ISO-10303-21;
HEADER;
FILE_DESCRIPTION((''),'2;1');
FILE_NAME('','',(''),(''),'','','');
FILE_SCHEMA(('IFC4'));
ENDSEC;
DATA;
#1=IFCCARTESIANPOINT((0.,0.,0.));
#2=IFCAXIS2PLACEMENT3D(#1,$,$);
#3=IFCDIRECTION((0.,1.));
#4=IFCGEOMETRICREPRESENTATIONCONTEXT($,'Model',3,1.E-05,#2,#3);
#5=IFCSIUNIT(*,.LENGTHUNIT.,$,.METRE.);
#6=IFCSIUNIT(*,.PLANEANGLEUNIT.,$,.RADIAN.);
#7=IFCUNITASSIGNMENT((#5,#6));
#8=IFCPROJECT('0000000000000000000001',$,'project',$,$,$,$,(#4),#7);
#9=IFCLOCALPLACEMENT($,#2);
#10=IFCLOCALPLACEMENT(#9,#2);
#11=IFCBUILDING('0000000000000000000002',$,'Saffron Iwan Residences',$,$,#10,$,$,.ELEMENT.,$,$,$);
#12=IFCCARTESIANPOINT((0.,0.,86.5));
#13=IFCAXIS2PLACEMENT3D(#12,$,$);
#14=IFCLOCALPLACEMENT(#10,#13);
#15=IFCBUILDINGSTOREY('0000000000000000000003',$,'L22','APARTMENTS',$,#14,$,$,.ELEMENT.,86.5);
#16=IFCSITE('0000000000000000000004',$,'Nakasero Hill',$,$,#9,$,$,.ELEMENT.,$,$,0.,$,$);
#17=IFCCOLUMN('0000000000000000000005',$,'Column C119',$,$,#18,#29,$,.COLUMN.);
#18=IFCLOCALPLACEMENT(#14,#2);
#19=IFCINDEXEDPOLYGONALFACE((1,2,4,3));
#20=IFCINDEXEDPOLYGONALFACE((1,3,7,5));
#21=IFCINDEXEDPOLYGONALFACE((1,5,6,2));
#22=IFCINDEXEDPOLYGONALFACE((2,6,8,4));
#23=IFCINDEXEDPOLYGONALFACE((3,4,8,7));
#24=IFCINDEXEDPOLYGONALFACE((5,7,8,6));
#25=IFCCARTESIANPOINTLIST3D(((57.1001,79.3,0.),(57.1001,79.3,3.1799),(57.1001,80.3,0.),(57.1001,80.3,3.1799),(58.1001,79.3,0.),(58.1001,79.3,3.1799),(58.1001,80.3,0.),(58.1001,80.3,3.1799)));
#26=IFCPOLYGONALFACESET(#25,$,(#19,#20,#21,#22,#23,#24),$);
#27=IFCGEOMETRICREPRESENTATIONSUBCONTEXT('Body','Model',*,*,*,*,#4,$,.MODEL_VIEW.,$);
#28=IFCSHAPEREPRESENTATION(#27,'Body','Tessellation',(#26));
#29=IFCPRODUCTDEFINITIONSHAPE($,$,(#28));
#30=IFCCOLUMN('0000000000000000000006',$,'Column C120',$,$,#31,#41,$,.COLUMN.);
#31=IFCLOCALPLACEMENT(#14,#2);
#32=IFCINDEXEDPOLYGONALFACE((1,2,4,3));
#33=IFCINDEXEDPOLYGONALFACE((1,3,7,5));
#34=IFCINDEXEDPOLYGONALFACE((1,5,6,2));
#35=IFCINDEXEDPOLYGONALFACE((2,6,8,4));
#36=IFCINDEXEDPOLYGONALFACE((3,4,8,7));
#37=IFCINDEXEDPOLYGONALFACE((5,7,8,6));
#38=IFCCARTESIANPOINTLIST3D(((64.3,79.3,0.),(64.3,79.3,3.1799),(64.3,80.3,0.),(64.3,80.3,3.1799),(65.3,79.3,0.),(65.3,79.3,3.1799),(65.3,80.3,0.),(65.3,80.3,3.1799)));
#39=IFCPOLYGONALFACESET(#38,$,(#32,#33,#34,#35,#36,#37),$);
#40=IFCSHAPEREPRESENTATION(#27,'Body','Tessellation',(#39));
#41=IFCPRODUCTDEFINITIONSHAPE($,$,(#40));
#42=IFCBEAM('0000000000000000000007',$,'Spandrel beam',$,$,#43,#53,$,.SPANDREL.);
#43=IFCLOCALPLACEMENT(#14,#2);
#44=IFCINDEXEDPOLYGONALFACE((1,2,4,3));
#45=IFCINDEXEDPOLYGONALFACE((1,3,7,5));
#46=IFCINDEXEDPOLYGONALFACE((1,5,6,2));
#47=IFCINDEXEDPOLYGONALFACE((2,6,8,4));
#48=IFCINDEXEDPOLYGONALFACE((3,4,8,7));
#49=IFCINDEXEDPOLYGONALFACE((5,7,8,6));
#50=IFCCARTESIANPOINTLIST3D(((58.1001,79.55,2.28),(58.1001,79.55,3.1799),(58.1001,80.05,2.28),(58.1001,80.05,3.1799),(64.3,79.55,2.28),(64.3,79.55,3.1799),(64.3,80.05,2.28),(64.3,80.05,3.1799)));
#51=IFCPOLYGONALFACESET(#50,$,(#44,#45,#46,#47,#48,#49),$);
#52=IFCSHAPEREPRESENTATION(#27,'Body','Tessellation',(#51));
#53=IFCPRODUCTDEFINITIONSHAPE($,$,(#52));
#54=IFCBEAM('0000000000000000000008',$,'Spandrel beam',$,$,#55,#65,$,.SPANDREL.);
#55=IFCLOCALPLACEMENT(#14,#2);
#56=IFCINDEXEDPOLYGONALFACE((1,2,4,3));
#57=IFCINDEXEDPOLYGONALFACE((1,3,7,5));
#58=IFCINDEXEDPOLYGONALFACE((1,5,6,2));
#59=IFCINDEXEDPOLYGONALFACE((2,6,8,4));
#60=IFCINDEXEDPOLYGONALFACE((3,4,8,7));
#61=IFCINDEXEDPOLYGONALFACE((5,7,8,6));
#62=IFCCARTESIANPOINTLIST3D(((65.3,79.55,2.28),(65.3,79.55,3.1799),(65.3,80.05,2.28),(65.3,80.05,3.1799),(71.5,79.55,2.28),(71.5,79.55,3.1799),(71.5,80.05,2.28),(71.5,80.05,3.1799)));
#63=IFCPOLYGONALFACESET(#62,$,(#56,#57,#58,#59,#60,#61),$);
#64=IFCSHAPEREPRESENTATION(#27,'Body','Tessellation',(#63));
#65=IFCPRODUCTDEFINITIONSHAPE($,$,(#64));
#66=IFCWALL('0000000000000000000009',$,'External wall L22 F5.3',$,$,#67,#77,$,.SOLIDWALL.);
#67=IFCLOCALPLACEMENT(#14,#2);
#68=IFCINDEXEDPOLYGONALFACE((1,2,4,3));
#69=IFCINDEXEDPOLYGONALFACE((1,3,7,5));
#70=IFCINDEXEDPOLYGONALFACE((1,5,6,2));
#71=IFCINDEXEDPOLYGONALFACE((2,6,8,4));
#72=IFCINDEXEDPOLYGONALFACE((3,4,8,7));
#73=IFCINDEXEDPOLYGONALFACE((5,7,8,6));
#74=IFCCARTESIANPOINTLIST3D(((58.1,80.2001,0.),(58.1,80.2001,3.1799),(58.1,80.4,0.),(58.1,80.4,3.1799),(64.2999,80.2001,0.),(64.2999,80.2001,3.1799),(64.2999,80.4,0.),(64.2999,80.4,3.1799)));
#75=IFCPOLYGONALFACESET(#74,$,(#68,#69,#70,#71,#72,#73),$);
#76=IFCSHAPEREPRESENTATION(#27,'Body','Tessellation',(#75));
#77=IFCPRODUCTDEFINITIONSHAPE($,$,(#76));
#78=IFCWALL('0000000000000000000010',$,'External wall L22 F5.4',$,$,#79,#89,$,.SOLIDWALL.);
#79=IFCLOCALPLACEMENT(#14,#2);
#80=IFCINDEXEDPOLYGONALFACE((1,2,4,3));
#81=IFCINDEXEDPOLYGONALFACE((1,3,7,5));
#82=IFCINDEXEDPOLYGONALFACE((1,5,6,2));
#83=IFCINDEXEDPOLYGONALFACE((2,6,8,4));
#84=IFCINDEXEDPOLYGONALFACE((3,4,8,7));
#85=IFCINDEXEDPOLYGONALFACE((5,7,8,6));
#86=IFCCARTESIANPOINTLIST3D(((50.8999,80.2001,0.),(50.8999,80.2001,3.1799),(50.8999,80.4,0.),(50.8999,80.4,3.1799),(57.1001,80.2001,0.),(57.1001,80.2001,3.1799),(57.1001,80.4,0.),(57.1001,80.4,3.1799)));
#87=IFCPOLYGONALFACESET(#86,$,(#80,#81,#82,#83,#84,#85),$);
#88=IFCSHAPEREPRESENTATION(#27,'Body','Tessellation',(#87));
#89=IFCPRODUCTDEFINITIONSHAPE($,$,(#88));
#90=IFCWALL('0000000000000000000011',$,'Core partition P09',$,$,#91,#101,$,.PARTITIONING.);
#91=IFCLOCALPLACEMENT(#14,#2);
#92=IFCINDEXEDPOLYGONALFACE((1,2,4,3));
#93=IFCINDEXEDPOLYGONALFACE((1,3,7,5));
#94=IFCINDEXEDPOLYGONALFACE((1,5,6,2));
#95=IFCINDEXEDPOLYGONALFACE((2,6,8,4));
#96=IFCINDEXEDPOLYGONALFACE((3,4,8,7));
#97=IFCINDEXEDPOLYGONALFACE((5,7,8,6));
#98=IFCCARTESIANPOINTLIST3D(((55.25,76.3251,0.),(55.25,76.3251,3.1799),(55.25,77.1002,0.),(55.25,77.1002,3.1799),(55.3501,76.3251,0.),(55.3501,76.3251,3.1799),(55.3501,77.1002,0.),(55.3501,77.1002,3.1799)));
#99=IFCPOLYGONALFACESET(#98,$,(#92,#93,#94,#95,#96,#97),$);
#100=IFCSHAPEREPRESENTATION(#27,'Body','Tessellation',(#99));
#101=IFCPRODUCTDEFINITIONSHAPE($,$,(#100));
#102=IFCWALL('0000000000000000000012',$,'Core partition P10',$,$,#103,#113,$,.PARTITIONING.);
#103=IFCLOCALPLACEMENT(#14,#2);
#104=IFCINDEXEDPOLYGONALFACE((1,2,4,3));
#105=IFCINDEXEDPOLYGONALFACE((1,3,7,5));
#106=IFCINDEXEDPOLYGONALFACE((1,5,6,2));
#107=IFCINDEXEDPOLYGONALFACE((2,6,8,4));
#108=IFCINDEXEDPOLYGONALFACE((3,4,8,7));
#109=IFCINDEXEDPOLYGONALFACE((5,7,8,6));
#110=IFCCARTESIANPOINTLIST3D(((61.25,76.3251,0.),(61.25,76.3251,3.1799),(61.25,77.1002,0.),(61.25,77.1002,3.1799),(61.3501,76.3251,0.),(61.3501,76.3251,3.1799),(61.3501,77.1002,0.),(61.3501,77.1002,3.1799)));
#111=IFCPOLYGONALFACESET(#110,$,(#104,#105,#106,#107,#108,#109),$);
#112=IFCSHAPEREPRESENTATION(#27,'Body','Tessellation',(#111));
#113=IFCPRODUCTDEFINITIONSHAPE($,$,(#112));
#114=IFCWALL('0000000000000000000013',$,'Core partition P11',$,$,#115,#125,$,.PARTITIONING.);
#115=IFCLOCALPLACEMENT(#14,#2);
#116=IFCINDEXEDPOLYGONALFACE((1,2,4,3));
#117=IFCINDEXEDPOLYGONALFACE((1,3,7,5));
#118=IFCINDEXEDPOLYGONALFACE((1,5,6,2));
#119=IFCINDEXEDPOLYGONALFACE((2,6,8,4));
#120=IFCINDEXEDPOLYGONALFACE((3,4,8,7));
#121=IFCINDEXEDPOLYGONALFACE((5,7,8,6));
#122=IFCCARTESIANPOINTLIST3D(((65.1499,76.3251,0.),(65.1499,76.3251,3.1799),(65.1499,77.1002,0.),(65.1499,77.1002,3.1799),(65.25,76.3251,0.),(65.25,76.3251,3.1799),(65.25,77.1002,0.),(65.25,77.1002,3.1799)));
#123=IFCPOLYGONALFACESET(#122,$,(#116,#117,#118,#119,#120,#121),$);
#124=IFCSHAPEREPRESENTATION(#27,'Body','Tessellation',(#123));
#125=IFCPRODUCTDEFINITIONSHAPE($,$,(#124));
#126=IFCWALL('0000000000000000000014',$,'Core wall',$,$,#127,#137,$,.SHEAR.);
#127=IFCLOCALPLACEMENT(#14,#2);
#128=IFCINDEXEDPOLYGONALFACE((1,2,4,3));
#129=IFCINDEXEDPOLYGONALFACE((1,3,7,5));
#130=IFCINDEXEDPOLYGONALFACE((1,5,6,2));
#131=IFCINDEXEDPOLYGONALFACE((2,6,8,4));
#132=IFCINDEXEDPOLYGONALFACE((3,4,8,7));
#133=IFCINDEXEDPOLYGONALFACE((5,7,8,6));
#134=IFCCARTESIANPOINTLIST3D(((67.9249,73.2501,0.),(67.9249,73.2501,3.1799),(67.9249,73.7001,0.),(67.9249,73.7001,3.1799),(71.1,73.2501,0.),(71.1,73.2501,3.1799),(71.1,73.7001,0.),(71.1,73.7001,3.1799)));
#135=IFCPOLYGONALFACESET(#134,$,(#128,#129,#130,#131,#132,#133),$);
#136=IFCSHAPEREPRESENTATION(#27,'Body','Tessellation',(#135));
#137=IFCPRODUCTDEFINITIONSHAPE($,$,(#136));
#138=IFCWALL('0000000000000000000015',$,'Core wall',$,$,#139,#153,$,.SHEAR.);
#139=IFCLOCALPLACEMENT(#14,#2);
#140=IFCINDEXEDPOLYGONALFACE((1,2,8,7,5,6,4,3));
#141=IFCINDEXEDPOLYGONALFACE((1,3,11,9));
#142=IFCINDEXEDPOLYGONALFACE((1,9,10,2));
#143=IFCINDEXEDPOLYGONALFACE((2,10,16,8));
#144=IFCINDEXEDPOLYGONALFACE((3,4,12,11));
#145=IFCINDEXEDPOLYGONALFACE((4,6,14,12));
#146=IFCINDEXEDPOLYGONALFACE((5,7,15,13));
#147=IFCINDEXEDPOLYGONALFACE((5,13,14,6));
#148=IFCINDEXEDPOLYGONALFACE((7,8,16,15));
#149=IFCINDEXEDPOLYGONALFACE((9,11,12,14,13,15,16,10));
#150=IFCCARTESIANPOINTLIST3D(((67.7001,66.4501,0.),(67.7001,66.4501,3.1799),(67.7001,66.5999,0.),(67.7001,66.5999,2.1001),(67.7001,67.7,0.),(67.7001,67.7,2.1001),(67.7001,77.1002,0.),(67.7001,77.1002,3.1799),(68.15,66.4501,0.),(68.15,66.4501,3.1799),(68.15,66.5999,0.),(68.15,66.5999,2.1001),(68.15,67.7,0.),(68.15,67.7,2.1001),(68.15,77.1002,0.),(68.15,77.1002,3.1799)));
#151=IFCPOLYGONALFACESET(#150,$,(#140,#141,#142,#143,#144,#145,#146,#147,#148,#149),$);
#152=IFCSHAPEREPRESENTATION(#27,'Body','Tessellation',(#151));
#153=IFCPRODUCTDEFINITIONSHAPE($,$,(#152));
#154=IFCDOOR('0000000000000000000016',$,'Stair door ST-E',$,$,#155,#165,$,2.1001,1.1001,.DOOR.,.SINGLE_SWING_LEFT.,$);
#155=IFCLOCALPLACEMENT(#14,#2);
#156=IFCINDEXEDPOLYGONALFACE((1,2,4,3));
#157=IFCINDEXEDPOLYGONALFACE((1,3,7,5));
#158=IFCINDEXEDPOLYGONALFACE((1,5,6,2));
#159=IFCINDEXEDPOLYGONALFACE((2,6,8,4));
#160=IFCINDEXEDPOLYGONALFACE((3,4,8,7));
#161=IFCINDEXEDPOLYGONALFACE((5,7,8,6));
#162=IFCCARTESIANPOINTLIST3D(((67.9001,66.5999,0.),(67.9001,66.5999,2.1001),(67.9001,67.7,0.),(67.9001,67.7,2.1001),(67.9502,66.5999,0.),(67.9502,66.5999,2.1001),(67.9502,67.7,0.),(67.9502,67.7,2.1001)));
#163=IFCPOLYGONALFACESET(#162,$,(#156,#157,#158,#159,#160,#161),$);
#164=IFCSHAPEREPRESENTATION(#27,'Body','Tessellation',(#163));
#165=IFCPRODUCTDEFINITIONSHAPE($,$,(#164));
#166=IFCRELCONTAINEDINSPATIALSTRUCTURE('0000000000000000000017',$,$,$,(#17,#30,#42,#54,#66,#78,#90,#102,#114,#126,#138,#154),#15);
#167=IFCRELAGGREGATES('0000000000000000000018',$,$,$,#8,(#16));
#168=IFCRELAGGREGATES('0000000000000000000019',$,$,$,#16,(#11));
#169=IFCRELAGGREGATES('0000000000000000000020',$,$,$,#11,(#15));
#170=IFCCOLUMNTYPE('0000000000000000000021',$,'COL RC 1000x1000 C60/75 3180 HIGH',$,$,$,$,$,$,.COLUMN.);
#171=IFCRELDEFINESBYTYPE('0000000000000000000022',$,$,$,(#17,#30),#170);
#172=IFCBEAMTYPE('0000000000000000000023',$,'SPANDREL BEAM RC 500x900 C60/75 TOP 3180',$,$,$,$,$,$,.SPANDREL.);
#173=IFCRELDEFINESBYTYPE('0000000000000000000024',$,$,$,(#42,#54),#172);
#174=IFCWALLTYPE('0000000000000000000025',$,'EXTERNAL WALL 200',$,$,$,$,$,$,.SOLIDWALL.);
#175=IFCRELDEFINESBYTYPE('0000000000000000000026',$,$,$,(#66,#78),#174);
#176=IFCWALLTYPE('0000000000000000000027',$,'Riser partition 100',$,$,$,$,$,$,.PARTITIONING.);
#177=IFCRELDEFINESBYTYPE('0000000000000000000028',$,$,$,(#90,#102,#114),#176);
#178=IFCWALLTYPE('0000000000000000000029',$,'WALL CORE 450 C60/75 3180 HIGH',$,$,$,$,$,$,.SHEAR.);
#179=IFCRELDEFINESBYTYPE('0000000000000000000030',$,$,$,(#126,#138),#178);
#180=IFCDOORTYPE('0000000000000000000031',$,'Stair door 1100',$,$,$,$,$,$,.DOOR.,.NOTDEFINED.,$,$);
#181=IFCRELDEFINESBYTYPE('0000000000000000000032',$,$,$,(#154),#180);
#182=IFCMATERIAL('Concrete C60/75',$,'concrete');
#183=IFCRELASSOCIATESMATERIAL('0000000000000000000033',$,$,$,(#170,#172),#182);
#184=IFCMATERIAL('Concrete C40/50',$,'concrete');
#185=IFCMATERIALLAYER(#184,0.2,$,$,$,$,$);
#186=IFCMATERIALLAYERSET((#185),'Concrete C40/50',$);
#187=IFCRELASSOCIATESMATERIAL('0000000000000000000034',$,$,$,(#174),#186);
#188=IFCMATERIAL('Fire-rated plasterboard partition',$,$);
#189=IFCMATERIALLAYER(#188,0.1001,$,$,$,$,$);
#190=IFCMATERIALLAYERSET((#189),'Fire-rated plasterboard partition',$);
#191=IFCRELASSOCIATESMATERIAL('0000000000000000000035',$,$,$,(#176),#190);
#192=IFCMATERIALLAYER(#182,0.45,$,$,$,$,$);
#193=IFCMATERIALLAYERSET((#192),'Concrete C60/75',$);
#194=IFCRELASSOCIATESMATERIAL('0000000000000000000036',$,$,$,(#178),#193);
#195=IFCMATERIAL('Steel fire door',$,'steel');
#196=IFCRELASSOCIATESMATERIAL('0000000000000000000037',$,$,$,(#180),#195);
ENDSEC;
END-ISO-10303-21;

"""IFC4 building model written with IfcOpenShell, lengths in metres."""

from ifc_helpers import new_model, si_unit, direction, frame, frame_2d, origin, origin_2d, place, context, subcontext, project, spatial, rectangle, extrude, source, transform, mapped, material, layer, layer_set, material_profile, profile_set, type_object, element, fill, save


model = new_model("IFC4")

# Units and contexts
model_context = context("Model", 3, precision=1e-05, world=origin(), true_north=direction((0.0, 1.0)))
body_context = subcontext(model_context, "Body", "Model", "MODEL_VIEW")
ifc_project = project(units=[si_unit("LENGTHUNIT", "METRE"), si_unit("PLANEANGLEUNIT", "RADIAN")], contexts=[model_context])

# Site, building, storey
site_placement = place(None, origin())
site = spatial("IfcSite", under=ifc_project, at=site_placement, Name="Nakasero Hill", CompositionType="ELEMENT", RefElevation=0.0)
building_placement = place(site_placement, origin())
building = spatial("IfcBuilding", under=site, at=building_placement, Name="Saffron Iwan Residences", CompositionType="ELEMENT")
storey_placement = place(building_placement, frame((0.0, 0.0, 86.5)))
storey = spatial("IfcBuildingStorey", under=building, at=storey_placement, Name="L22", Description="APARTMENTS", CompositionType="ELEMENT", Elevation=86.5)

# Columns
ifc_material_1 = material(Name="Concrete C60/75", Category="concrete")
ifc_material_profile_1 = material_profile(ifc_material_1, rectangle(XDim=1.0, YDim=1.0, at=origin_2d()), Name="RC 1000x1000")
ifc_profile_set_1 = profile_set([ifc_material_profile_1], Name="Concrete C60/75")
column_type = type_object("IfcColumnType", Name="COL RC 1000x1000 C60/75 3180 HIGH", PredefinedType="COLUMN", material=ifc_profile_set_1)
shared_shape_1 = source(origin(), body_context, "Body", "SweptSolid", [
    extrude(rectangle(XDim=1.0, YDim=1.0, at=origin_2d()), origin(), (0.0, 0.0, 1.0), 3.1799),
])
for number, where, z_axis, x_axis, name in (
    (1, (57.6001, 79.8, 0.0), (0.0, 0.0, 1.0), (1.0, 0.0, 0.0), "Column C119"),
    (2, (64.8, 79.8, 0.0), (0.0, 0.0, 1.0), (1.0, 0.0, 0.0), "Column C120"),
):
    element("IfcColumn", number, at=place(storey_placement, frame(where, z_axis=z_axis, x_axis=x_axis)), inside=storey, type_object=column_type, Name=name, PredefinedType="COLUMN", context=body_context, shape_type="MappedRepresentation", body=[
        mapped(shared_shape_1, transform((0.0, 0.0, 0.0))),
    ])

# Beams
ifc_material_profile_2 = material_profile(ifc_material_1, rectangle(XDim=0.5, YDim=0.8999, at=origin_2d()), Name="RC 500x900")
ifc_profile_set_2 = profile_set([ifc_material_profile_2], Name="Concrete C60/75")
beam_type = type_object("IfcBeamType", Name="SPANDREL BEAM RC 500x900 C60/75 TOP 3180", PredefinedType="SPANDREL", material=ifc_profile_set_2)
shared_shape_2 = source(origin(), body_context, "Body", "SweptSolid", [
    extrude(rectangle(XDim=0.5, YDim=0.8999, at=origin_2d()), origin(), (0.0, 0.0, 1.0), 6.2),
])
for number, where, z_axis, x_axis, name in (
    (3, (58.1001, 79.8, 2.73), (1.0, 0.0, 0.0), (0.0, 1.0, 0.0), "Spandrel beam"),
    (4, (65.3, 79.8, 2.73), (1.0, 0.0, 0.0), (0.0, 1.0, 0.0), "Spandrel beam"),
):
    element("IfcBeam", number, at=place(storey_placement, frame(where, z_axis=z_axis, x_axis=x_axis)), inside=storey, type_object=beam_type, Name=name, PredefinedType="SPANDREL", context=body_context, shape_type="MappedRepresentation", body=[
        mapped(shared_shape_2, transform((0.0, 0.0, 0.0))),
    ])

# Walls
ifc_material_2 = material(Name="Concrete C40/50", Category="concrete")
ifc_layer_1 = layer(ifc_material_2, 0.2)
ifc_layer_set_1 = layer_set([ifc_layer_1], Name="Concrete C40/50")
wall_type_1 = type_object("IfcWallType", Name="EXTERNAL WALL 200", PredefinedType="SOLIDWALL", material=ifc_layer_set_1)
wall_1_placement = place(storey_placement, frame((64.3, 80.3, 0.0), z_axis=(0.0, 0.0, 1.0), x_axis=(-1.0, 0.0, 0.0)))
element("IfcWall", 5, at=wall_1_placement, inside=storey, type_object=wall_type_1, Name="External wall L22 F5.3", PredefinedType="SOLIDWALL", context=body_context, shape_type="SweptSolid", body=[
    extrude(rectangle(XDim=6.2, YDim=0.2, at=frame_2d((3.1001, 0.0))), origin(), (0.0, 0.0, 1.0), 3.1799),
])
wall_2_placement = place(storey_placement, frame((57.1001, 80.3, 0.0), z_axis=(0.0, 0.0, 1.0), x_axis=(-1.0, 0.0, 0.0)))
element("IfcWall", 6, at=wall_2_placement, inside=storey, type_object=wall_type_1, Name="External wall L22 F5.4", PredefinedType="SOLIDWALL", context=body_context, shape_type="SweptSolid", body=[
    extrude(rectangle(XDim=6.2002, YDim=0.2, at=frame_2d((3.1001, 0.0))), origin(), (0.0, 0.0, 1.0), 3.1799),
])
ifc_material_3 = material(Name="Fire-rated plasterboard partition")
ifc_layer_2 = layer(ifc_material_3, 0.1001)
ifc_layer_set_2 = layer_set([ifc_layer_2], Name="Fire-rated plasterboard partition")
wall_type_2 = type_object("IfcWallType", Name="Riser partition 100", PredefinedType="PARTITIONING", material=ifc_layer_set_2)
for number, where, z_axis, x_axis, name in (
    (7, (55.3, 76.325, 0.0), (0.0, 0.0, 1.0), (0.0, 1.0, 0.0), "Core partition P09"),
    (8, (61.3, 76.325, 0.0), (0.0, 0.0, 1.0), (0.0, 1.0, 0.0), "Core partition P10"),
    (9, (65.2, 76.325, 0.0), (0.0, 0.0, 1.0), (0.0, 1.0, 0.0), "Core partition P11"),
):
    element("IfcWall", number, at=place(storey_placement, frame(where, z_axis=z_axis, x_axis=x_axis)), inside=storey, type_object=wall_type_2, Name=name, PredefinedType="PARTITIONING", context=body_context, shape_type="SweptSolid", body=[
        extrude(rectangle(XDim=0.7751, YDim=0.1001, at=frame_2d((0.3877, 0.0))), origin(), (0.0, 0.0, 1.0), 3.1799),
    ])
ifc_layer_3 = layer(ifc_material_1, 0.45)
ifc_layer_set_3 = layer_set([ifc_layer_3], Name="Concrete C60/75")
wall_type_3 = type_object("IfcWallType", Name="WALL CORE 450 C60/75 3180 HIGH", PredefinedType="SHEAR", material=ifc_layer_set_3)
wall_3_placement = place(storey_placement, frame((67.925, 73.4751, 0.0), z_axis=(0.0, 0.0, 1.0), x_axis=(1.0, 0.0, 0.0)))
element("IfcWall", 10, at=wall_3_placement, inside=storey, type_object=wall_type_3, Name="Core wall", PredefinedType="SHEAR", context=body_context, shape_type="SweptSolid", body=[
    extrude(rectangle(XDim=3.175, YDim=0.45, at=frame_2d((1.5874, 0.0))), origin(), (0.0, 0.0, 1.0), 3.1799),
])

# Wall, opening, door
wall_4_placement = place(storey_placement, frame((67.925, 66.45, 0.0), z_axis=(0.0, 0.0, 1.0), x_axis=(0.0, 1.0, 0.0)))
wall_4 = element("IfcWall", 11, at=wall_4_placement, inside=storey, type_object=wall_type_3, Name="Core wall", PredefinedType="SHEAR", context=body_context, shape_type="SweptSolid", body=[
    extrude(rectangle(XDim=10.6501, YDim=0.45, at=frame_2d((5.3252, 0.0))), origin(), (0.0, 0.0, 1.0), 3.1799),
])
opening_1_placement = place(wall_4_placement, frame((0.1499, 0.0, 0.0)))
opening_1 = element("IfcOpeningElement", 12, at=opening_1_placement, cuts=wall_4, PredefinedType="OPENING", context=body_context, shape_type="SweptSolid", body=[
    extrude(rectangle(XDim=1.1001, YDim=2.1001, at=frame_2d((0.55, 1.05))), frame((0.0, 0.2349, 0.0), z_axis=(0.0, -1.0, 0.0), x_axis=(1.0, 0.0, 0.0)), (0.0, 0.0, 1.0), 0.47),
])
ifc_material_4 = material(Name="Steel fire door", Category="steel")
door_type_1 = type_object("IfcDoorType", Name="Stair door 1100", OperationType="NOTDEFINED", PredefinedType="DOOR", material=ifc_material_4)
door_1_placement = place(opening_1_placement, origin())
door_1 = element("IfcDoor", 13, at=door_1_placement, inside=storey, type_object=door_type_1, Name="Stair door ST-E", OperationType="SINGLE_SWING_LEFT", OverallHeight=2.1001, OverallWidth=1.1001, PredefinedType="DOOR", context=body_context, shape_type="SweptSolid", body=[
    extrude(rectangle(XDim=1.1001, YDim=2.1001, at=frame_2d((0.55, 1.05))), frame((0.0, 0.0249, 0.0), z_axis=(0.0, -1.0, 0.0), x_axis=(1.0, 0.0, 0.0)), (0.0, 0.0, 1.0), 0.05),
])
fill(opening_1, door_1)

save(model, "model.ifc")
